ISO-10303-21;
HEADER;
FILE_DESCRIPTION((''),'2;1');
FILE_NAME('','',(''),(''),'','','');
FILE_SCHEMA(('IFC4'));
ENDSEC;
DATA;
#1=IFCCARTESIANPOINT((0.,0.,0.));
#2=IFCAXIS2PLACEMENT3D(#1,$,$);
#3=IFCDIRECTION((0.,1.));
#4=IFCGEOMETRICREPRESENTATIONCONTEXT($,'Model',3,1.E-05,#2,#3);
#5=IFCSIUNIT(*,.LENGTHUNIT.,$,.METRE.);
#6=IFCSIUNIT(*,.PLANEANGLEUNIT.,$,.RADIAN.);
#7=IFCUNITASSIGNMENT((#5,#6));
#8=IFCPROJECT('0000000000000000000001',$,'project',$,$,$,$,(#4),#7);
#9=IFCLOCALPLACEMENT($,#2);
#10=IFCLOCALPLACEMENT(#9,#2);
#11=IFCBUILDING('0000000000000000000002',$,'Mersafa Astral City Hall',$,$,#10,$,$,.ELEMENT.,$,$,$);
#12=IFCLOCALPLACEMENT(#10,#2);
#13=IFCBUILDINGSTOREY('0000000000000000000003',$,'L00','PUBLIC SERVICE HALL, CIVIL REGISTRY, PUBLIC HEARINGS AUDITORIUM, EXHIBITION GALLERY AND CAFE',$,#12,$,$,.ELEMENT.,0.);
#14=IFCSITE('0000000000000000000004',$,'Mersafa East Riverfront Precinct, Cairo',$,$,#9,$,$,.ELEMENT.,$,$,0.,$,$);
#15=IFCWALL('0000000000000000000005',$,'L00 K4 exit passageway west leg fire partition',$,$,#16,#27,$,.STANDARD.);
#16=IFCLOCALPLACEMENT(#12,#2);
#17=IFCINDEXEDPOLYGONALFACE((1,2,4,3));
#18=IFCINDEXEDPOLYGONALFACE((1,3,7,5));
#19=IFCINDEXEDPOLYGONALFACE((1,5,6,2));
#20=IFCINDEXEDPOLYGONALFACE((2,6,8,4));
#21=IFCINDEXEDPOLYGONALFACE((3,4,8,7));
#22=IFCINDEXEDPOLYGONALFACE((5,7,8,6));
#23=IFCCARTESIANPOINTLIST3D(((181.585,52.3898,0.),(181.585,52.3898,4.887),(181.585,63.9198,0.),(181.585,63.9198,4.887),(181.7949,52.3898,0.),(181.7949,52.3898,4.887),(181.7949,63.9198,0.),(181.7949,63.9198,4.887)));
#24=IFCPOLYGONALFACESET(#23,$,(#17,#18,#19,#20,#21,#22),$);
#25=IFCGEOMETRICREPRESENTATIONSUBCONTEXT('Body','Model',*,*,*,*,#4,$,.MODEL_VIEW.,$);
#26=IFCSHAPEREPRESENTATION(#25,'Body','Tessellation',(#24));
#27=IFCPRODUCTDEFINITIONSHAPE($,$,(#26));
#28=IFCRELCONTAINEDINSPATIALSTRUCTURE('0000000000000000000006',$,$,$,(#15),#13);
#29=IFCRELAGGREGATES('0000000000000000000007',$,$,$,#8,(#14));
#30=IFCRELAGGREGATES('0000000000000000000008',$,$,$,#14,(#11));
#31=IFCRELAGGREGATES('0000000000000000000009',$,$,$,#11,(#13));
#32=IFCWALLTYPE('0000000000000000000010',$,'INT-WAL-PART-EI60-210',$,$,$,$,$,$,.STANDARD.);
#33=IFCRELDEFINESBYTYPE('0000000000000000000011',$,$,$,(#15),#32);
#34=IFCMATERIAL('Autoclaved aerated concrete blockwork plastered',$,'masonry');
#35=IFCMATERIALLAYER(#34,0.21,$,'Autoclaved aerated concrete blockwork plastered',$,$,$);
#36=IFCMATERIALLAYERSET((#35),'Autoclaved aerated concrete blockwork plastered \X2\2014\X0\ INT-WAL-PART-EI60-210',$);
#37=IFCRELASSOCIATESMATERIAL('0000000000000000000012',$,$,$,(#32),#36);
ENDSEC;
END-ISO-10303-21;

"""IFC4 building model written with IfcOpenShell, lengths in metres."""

from ifc_helpers import new_model, si_unit, direction, frame, frame_2d, origin, place, context, subcontext, project, spatial, rectangle, extrude, material, layer, layer_set, type_object, element, save


model = new_model("IFC4")

# Units and contexts
model_context = context("Model", 3, precision=1e-05, world=origin(), true_north=direction((0.0, 1.0)))
body_context = subcontext(model_context, "Body", "Model", "MODEL_VIEW")
ifc_project = project(units=[si_unit("LENGTHUNIT", "METRE"), si_unit("PLANEANGLEUNIT", "RADIAN")], contexts=[model_context])

# Site, building, storey
site_placement = place(None, origin())
site = spatial("IfcSite", under=ifc_project, at=site_placement, Name="Mersafa East Riverfront Precinct, Cairo", CompositionType="ELEMENT", RefElevation=0.0)
building_placement = place(site_placement, origin())
building = spatial("IfcBuilding", under=site, at=building_placement, Name="Mersafa Astral City Hall", CompositionType="ELEMENT")
storey_placement = place(building_placement, origin())
storey = spatial("IfcBuildingStorey", under=building, at=storey_placement, Name="L00", Description="PUBLIC SERVICE HALL, CIVIL REGISTRY, PUBLIC HEARINGS AUDITORIUM, EXHIBITION GALLERY AND CAFE", CompositionType="ELEMENT", Elevation=0.0)

# Wall
ifc_material_1 = material(Name="Autoclaved aerated concrete blockwork plastered", Category="masonry")
ifc_layer_1 = layer(ifc_material_1, 0.21, Name="Autoclaved aerated concrete blockwork plastered")
ifc_layer_set_1 = layer_set([ifc_layer_1], Name="Autoclaved aerated concrete blockwork plastered — INT-WAL-PART-EI60-210")
wall_type_1 = type_object("IfcWallType", Name="INT-WAL-PART-EI60-210", PredefinedType="STANDARD", material=ifc_layer_set_1)
wall_1_placement = place(storey_placement, frame((181.6899, 63.9199, 0.0), z_axis=(0.0, 0.0, 1.0), x_axis=(0.0, -1.0, 0.0)))
element("IfcWall", 1, at=wall_1_placement, inside=storey, type_object=wall_type_1, Name="L00 K4 exit passageway west leg fire partition", PredefinedType="STANDARD", context=body_context, shape_type="SweptSolid", body=[
    extrude(rectangle(XDim=11.53, YDim=0.21, at=frame_2d((5.7651, 0.0))), origin(), (0.0, 0.0, 1.0), 4.887),
])

save(model, "model.ifc")
